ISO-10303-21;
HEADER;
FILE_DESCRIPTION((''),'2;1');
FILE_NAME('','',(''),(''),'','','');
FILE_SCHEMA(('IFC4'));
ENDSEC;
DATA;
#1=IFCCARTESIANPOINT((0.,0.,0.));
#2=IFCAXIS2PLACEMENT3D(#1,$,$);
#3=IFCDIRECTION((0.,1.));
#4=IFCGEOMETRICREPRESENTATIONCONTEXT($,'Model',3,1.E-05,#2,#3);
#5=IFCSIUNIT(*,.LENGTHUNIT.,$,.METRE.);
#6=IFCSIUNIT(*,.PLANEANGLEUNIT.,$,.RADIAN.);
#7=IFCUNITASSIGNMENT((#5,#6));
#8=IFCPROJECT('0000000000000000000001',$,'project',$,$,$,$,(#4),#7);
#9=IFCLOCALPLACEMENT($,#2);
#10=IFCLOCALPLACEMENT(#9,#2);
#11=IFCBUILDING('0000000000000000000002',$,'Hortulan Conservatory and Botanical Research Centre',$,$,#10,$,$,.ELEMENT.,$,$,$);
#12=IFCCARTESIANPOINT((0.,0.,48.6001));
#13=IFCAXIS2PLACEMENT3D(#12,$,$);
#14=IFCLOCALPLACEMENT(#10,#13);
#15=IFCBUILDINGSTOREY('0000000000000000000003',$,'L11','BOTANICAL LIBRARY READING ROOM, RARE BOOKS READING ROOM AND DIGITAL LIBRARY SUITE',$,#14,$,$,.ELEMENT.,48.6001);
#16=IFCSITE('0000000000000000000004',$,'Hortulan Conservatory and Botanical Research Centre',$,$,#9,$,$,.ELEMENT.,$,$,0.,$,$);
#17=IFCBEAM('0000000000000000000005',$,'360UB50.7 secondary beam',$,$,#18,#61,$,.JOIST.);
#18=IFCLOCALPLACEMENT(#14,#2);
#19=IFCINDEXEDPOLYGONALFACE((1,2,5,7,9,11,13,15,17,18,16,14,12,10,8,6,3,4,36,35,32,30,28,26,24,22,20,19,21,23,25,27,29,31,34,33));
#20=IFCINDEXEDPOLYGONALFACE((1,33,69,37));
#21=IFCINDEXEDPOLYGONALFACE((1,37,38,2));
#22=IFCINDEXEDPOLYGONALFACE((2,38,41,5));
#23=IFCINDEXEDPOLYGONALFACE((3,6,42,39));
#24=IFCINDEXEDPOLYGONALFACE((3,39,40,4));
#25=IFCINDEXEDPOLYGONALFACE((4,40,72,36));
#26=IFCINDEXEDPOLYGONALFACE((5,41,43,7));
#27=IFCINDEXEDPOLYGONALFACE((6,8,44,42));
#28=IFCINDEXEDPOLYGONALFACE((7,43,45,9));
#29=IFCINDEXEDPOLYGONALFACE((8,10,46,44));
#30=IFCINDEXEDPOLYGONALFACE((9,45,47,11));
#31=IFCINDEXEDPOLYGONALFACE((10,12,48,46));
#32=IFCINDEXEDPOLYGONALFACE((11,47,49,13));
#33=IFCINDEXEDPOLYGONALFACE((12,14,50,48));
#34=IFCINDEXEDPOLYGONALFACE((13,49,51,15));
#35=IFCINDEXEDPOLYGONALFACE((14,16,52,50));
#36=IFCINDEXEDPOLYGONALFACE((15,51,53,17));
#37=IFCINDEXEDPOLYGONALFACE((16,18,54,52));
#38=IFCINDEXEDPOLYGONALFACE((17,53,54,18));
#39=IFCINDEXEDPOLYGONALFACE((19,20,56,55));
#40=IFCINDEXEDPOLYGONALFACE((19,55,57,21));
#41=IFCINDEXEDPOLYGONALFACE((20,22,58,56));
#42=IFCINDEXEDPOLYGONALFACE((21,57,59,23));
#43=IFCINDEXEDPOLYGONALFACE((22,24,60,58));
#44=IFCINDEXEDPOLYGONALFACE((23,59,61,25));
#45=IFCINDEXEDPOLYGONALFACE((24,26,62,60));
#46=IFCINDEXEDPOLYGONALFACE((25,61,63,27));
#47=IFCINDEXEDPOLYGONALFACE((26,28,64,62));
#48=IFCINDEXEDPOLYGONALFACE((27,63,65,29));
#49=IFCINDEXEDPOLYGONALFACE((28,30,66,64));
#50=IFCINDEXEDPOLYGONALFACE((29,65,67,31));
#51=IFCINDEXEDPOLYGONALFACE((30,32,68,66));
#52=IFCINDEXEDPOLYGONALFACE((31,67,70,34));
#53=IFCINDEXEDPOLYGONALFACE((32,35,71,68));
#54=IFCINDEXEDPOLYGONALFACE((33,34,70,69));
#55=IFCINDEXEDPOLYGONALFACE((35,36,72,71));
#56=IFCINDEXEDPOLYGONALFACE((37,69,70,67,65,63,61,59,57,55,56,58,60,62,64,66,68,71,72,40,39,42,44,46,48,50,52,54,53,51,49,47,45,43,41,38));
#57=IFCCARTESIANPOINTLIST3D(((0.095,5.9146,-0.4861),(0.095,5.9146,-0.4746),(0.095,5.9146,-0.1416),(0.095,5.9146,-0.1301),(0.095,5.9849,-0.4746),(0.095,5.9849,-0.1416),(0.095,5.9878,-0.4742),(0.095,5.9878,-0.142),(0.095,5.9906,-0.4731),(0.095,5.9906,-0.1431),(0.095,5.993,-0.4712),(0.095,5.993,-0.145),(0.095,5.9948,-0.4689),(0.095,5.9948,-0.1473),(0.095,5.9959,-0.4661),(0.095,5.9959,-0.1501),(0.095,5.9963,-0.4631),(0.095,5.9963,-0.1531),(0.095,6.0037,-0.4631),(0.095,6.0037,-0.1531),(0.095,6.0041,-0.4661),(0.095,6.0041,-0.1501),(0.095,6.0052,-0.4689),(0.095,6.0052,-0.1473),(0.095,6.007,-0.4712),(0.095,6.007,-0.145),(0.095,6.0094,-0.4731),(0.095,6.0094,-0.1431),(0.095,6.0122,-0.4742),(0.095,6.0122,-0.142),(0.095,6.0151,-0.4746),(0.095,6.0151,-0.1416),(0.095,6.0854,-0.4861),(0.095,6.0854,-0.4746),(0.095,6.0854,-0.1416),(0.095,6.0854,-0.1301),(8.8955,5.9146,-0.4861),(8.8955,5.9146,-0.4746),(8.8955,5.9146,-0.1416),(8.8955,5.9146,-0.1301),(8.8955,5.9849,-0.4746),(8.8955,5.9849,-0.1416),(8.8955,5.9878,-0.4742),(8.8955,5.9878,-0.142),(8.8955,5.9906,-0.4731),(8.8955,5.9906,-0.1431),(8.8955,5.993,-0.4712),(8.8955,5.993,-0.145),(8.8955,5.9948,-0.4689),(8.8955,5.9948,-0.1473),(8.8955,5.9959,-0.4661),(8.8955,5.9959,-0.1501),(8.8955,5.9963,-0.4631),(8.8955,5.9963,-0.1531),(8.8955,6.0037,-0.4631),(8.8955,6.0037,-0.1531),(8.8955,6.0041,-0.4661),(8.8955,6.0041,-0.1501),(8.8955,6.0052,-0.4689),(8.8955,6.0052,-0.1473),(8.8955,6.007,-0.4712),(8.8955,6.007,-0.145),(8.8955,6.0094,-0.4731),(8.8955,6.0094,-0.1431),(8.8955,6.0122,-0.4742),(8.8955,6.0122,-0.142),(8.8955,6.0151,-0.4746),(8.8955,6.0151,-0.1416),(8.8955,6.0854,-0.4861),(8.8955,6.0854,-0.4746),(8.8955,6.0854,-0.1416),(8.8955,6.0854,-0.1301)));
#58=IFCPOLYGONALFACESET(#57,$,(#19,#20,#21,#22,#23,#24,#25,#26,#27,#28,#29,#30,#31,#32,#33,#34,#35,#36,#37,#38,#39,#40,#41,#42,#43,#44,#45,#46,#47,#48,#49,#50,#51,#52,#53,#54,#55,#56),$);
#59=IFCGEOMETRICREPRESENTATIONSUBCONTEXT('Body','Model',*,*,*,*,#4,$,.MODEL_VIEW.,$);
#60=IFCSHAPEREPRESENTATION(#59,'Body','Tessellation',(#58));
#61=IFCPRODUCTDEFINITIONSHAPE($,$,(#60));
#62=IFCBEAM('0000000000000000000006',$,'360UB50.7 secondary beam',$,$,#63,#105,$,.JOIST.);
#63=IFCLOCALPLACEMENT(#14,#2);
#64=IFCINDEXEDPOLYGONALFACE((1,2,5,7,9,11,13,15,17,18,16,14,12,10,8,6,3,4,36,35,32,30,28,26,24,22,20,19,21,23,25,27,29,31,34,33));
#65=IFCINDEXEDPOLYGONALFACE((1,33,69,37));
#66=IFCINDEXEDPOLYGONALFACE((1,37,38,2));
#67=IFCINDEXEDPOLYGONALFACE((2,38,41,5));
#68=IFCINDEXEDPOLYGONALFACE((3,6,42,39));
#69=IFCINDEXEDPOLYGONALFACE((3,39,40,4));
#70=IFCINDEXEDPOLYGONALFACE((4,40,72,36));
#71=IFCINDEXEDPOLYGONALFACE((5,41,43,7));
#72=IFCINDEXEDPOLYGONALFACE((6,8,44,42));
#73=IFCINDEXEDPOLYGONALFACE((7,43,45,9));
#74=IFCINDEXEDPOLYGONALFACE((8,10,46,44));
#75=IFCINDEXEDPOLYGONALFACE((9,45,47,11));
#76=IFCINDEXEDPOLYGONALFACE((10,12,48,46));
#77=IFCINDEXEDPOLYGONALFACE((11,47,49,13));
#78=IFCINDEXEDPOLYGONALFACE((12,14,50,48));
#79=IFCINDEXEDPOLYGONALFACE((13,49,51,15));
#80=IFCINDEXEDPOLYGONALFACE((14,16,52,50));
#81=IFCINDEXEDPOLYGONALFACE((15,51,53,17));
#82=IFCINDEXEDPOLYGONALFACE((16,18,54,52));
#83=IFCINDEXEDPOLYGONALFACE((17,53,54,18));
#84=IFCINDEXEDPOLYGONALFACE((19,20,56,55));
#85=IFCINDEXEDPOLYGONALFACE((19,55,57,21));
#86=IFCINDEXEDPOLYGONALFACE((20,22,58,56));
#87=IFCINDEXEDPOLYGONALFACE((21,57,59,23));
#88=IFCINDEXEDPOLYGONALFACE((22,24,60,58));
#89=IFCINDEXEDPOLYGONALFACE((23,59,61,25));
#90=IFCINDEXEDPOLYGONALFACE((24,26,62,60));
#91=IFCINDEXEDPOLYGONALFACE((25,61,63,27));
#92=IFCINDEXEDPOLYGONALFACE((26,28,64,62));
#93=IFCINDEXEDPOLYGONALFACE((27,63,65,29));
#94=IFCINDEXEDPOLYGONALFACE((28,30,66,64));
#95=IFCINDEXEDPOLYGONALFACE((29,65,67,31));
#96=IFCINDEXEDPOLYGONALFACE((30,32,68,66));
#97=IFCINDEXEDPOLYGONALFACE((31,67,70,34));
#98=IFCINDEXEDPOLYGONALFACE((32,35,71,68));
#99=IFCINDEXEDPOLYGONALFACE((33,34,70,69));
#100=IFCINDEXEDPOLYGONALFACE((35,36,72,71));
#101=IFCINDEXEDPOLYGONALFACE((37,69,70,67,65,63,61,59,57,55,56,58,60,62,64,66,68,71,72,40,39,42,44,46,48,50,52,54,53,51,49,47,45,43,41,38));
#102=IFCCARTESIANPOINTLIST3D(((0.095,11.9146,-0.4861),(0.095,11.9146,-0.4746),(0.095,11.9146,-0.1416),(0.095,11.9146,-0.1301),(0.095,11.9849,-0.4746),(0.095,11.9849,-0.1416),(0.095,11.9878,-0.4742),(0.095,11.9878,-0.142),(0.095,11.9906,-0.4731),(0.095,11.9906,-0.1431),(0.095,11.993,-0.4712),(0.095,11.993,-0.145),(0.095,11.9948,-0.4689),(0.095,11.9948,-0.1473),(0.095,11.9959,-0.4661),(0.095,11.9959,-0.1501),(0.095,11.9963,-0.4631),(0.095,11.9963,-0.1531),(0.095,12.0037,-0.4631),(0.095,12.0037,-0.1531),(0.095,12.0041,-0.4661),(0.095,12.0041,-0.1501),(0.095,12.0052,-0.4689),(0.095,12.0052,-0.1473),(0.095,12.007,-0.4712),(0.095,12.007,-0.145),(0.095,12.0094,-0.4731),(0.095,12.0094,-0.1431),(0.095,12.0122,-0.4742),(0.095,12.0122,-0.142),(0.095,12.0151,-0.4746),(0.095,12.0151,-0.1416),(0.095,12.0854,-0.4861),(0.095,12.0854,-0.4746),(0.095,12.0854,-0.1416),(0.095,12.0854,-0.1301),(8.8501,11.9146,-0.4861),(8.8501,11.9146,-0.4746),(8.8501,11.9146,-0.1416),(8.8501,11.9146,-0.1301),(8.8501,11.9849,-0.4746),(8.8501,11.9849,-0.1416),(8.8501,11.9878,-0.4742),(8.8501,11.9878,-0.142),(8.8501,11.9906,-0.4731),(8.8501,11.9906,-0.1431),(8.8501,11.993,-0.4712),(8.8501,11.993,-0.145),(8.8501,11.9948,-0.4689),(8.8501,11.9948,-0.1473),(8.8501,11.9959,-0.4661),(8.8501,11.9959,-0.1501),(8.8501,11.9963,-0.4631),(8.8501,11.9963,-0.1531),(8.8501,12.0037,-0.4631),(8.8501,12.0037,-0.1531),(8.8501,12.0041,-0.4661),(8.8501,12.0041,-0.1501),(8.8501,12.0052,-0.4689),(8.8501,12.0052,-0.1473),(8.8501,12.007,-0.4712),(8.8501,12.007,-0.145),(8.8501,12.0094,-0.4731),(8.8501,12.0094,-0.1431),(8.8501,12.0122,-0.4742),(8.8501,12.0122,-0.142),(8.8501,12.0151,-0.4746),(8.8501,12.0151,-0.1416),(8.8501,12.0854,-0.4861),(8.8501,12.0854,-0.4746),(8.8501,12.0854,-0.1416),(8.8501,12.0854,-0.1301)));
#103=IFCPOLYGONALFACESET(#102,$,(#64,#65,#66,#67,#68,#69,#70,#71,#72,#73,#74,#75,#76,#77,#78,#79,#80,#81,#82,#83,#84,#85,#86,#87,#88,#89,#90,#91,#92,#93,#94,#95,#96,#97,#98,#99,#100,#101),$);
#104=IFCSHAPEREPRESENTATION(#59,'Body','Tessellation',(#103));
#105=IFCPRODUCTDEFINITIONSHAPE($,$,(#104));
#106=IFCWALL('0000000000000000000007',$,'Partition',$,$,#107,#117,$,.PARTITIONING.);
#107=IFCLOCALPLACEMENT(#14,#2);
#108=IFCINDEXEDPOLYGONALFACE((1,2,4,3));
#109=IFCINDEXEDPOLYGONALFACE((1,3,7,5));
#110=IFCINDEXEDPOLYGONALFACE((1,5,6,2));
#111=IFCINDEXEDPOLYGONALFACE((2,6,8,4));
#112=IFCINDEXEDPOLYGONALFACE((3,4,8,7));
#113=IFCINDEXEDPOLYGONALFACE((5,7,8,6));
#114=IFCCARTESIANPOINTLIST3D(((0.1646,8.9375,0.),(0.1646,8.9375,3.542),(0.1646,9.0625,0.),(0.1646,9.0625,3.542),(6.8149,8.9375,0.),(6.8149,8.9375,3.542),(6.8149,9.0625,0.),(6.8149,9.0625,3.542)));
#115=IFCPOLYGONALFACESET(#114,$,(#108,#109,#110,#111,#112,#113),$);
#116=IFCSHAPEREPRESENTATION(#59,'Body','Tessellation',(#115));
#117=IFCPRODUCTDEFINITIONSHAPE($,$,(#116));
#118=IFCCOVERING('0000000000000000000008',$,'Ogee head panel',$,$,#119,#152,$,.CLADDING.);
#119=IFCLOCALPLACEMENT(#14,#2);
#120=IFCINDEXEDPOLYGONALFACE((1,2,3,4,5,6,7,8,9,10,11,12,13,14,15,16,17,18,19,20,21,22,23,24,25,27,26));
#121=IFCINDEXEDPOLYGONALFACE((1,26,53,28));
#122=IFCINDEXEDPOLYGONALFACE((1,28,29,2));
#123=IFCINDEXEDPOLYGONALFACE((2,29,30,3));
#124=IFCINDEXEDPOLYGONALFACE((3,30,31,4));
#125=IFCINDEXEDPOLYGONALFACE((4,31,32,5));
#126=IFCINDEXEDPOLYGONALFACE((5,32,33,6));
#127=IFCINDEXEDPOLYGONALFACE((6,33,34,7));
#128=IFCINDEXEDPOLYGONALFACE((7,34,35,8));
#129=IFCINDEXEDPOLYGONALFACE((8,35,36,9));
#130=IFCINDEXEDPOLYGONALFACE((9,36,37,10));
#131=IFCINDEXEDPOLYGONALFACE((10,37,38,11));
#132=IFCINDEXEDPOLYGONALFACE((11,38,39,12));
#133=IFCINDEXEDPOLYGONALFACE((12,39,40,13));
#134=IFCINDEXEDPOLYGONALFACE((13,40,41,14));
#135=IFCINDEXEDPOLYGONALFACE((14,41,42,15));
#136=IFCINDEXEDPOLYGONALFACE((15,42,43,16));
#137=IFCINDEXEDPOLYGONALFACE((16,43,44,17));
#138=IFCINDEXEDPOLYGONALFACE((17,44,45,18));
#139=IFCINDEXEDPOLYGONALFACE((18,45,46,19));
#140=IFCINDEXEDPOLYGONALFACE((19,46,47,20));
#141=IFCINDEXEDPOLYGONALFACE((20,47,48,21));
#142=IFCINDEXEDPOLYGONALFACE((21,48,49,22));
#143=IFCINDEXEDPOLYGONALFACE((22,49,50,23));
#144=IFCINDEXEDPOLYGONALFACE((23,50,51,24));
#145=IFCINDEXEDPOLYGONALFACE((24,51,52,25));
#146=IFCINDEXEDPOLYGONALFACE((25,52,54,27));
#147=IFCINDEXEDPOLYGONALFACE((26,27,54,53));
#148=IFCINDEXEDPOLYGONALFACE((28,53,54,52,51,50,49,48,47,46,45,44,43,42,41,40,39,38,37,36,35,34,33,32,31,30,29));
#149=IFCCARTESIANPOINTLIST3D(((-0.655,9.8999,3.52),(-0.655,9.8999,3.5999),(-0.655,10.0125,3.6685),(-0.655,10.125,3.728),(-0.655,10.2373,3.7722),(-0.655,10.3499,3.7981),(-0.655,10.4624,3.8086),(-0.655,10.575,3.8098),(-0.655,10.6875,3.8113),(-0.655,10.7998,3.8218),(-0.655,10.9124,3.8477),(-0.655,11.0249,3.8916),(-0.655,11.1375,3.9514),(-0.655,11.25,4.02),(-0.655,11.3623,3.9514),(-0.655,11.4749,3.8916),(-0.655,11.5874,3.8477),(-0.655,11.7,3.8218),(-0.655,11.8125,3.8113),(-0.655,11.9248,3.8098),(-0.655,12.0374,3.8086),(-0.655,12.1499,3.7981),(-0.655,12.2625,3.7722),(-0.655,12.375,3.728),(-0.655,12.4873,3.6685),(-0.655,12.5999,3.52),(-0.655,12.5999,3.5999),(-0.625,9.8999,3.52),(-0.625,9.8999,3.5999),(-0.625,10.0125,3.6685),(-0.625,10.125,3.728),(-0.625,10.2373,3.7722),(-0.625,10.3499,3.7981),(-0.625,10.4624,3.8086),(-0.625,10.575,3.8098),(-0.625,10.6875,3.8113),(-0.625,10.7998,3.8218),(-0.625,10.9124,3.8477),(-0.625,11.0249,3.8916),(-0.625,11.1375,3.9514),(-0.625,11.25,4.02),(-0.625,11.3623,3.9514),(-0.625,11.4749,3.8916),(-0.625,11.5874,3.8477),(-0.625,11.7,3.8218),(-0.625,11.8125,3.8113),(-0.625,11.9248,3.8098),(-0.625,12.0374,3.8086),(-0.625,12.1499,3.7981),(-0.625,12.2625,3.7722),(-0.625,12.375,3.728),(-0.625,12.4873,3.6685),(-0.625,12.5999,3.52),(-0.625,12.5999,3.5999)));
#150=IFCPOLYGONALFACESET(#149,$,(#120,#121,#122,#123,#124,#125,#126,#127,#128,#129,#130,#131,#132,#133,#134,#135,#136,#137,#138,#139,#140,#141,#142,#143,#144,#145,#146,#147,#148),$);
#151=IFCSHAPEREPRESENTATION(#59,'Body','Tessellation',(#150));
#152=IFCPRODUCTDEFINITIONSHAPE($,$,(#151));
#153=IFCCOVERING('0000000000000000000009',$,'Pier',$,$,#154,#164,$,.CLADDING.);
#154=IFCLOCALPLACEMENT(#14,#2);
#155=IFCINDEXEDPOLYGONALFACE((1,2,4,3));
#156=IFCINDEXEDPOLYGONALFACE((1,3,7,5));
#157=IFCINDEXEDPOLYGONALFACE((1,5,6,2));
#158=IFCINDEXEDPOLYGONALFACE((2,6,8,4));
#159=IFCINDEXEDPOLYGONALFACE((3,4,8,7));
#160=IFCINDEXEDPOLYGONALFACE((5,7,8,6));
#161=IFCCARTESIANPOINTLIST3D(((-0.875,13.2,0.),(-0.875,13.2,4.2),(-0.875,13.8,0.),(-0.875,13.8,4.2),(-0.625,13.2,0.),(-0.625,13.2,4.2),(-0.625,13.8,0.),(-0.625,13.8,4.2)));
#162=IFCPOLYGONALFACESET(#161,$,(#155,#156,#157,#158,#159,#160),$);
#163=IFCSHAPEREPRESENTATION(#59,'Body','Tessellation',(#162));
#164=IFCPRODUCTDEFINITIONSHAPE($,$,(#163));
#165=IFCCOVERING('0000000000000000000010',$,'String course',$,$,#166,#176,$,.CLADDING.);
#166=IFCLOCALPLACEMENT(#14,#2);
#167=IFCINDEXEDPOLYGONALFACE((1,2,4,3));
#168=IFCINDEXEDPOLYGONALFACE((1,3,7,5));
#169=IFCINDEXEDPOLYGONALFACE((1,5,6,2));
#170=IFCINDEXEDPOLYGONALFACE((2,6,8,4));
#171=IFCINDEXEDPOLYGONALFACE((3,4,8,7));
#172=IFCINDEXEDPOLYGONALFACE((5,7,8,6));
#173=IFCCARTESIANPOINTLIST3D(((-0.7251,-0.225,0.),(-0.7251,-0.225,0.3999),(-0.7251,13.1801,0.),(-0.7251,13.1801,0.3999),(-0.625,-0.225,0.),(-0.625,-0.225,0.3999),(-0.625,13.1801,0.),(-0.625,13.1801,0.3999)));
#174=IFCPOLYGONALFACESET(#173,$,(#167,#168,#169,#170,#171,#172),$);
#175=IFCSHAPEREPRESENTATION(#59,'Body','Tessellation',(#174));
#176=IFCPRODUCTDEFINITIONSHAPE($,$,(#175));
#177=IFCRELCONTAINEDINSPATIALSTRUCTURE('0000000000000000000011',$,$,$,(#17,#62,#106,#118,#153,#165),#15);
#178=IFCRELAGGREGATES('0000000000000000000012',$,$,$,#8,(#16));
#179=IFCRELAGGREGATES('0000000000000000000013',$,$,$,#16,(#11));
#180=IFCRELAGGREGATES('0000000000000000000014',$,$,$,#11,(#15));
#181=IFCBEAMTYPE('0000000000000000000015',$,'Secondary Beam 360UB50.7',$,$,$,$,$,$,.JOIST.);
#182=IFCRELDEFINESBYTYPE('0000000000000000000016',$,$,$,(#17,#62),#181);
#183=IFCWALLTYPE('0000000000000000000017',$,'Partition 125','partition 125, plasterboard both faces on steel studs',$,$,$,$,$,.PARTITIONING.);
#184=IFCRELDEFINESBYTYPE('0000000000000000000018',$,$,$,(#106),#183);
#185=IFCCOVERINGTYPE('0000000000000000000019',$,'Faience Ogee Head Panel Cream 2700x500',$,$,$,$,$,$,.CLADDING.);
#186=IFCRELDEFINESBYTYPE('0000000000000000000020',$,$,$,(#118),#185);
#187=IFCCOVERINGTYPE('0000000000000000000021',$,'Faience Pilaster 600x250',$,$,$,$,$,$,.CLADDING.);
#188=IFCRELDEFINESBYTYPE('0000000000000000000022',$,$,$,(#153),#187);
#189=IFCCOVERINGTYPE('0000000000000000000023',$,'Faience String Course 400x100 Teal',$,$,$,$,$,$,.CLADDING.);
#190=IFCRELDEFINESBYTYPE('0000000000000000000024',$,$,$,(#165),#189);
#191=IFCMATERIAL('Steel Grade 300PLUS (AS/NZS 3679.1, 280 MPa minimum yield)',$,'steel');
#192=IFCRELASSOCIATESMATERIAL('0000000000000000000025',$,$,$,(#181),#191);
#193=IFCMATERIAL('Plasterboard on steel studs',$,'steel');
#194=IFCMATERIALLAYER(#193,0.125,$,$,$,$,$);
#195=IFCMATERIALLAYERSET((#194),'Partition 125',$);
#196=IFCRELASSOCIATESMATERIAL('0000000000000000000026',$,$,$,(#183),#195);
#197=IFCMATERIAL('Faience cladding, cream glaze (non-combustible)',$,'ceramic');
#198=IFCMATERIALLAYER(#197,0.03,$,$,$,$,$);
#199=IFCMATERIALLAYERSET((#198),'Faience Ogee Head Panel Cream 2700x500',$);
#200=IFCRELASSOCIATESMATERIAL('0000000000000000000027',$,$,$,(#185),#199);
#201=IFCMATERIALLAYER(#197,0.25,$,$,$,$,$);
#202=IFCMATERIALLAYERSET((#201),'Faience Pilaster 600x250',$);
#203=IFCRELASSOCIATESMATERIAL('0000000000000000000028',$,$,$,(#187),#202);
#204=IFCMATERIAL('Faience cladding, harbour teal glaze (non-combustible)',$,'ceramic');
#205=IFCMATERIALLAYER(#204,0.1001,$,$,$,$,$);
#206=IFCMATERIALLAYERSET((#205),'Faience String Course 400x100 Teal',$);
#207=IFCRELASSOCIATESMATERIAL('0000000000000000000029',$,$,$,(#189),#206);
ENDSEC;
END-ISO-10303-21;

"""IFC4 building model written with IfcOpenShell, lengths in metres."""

from ifc_helpers import new_model, si_unit, direction, frame, frame_2d, origin, origin_2d, place, context, subcontext, project, spatial, polyline, rectangle, i_section, outline, extrude, material, layer, layer_set, material_profile, profile_set, type_object, element, save


model = new_model("IFC4")

# Units and contexts
model_context = context("Model", 3, precision=1e-05, world=origin(), true_north=direction((0.0, 1.0)))
body_context = subcontext(model_context, "Body", "Model", "MODEL_VIEW")
ifc_project = project(units=[si_unit("LENGTHUNIT", "METRE"), si_unit("PLANEANGLEUNIT", "RADIAN")], contexts=[model_context])

# Site, building, storey
site_placement = place(None, origin())
site = spatial("IfcSite", under=ifc_project, at=site_placement, Name="Hortulan Conservatory and Botanical Research Centre", CompositionType="ELEMENT", RefElevation=0.0)
building_placement = place(site_placement, origin())
building = spatial("IfcBuilding", under=site, at=building_placement, Name="Hortulan Conservatory and Botanical Research Centre", CompositionType="ELEMENT")
storey_placement = place(building_placement, frame((0.0, 0.0, 48.6001)))
storey = spatial("IfcBuildingStorey", under=building, at=storey_placement, Name="L11", Description="BOTANICAL LIBRARY READING ROOM, RARE BOOKS READING ROOM AND DIGITAL LIBRARY SUITE", CompositionType="ELEMENT", Elevation=48.6001)

# Shared definitions
ifc_material_1 = material(Name="Steel Grade 300PLUS (AS/NZS 3679.1, 280 MPa minimum yield)", Category="steel")

# Beams
ifc_material_profile_1 = material_profile(ifc_material_1, i_section(OverallWidth=0.1709, OverallDepth=0.356, WebThickness=0.0073, FlangeThickness=0.0115, FilletRadius=0.0115, at=origin_2d()), Name="360UB50.7")
ifc_profile_set_1 = profile_set([ifc_material_profile_1], Name="Steel Grade 300PLUS (AS/NZS 3679.1, 280 MPa minimum yield)")
beam_type_1 = type_object("IfcBeamType", Name="Secondary Beam 360UB50.7", PredefinedType="JOIST", material=ifc_profile_set_1)
for number, where, z_axis, x_axis, name in (
    (1, (0.095, 6.0, -0.3081), (1.0, 0.0, 0.0), (0.0, 1.0, 0.0), "360UB50.7 secondary beam"),
):
    element("IfcBeam", number, at=place(storey_placement, frame(where, z_axis=z_axis, x_axis=x_axis)), inside=storey, type_object=beam_type_1, Name=name, PredefinedType="JOIST", context=body_context, shape_type="SweptSolid", body=[
        extrude(i_section(OverallWidth=0.1709, OverallDepth=0.356, WebThickness=0.0073, FlangeThickness=0.0115, FilletRadius=0.0115, at=origin_2d()), origin(), (0.0, 0.0, 1.0), 8.8005),
    ])
beam_1_placement = place(storey_placement, frame((0.095, 12.0, -0.3081), z_axis=(1.0, 0.0, 0.0), x_axis=(0.0, 1.0, 0.0)))
element("IfcBeam", 2, at=beam_1_placement, inside=storey, type_object=beam_type_1, Name="360UB50.7 secondary beam", PredefinedType="JOIST", context=body_context, shape_type="SweptSolid", body=[
    extrude(i_section(OverallWidth=0.1709, OverallDepth=0.356, WebThickness=0.0073, FlangeThickness=0.0115, FilletRadius=0.0115, at=origin_2d()), origin(), (0.0, 0.0, 1.0), 8.7551),
])

# Wall
ifc_material_2 = material(Name="Plasterboard on steel studs", Category="steel")
ifc_layer_1 = layer(ifc_material_2, 0.125)
ifc_layer_set_1 = layer_set([ifc_layer_1], Name="Partition 125")
wall_type = type_object("IfcWallType", Name="Partition 125", Description="partition 125, plasterboard both faces on steel studs", PredefinedType="PARTITIONING", material=ifc_layer_set_1)
wall_placement = place(storey_placement, frame((0.1646, 9.0, 0.0), z_axis=(0.0, 0.0, 1.0), x_axis=(1.0, 0.0, 0.0)))
element("IfcWall", 3, at=wall_placement, inside=storey, type_object=wall_type, Name="Partition", PredefinedType="PARTITIONING", context=body_context, shape_type="SweptSolid", body=[
    extrude(rectangle(XDim=6.6504, YDim=0.125, at=frame_2d((3.3252, 0.0))), origin(), (0.0, 0.0, 1.0), 3.542),
])

# Coverings
ifc_material_3 = material(Name="Faience cladding, cream glaze (non-combustible)", Category="ceramic")
ifc_layer_2 = layer(ifc_material_3, 0.03)
ifc_layer_set_2 = layer_set([ifc_layer_2], Name="Faience Ogee Head Panel Cream 2700x500")
covering_type_1 = type_object("IfcCoveringType", Name="Faience Ogee Head Panel Cream 2700x500", PredefinedType="CLADDING", material=ifc_layer_set_2)
covering_1_placement = place(storey_placement, frame((-0.6399, 9.8999, 3.52), z_axis=(0.0, 0.0, 1.0), x_axis=(0.0, 1.0, 0.0)))
element("IfcCovering", 4, at=covering_1_placement, inside=storey, type_object=covering_type_1, Name="Ogee head panel", PredefinedType="CLADDING", context=body_context, shape_type="SweptSolid", body=[
    extrude(outline(polyline([(0.0, 0.0), (2.7, 0.0), (2.7, 0.0798), (2.5874, 0.1484), (2.4751, 0.208), (2.3625, 0.2522), (2.25, 0.2781), (2.1375, 0.2886), (2.0249, 0.2898), (1.9126, 0.2913), (1.8, 0.3018), (1.6875, 0.3276), (1.575, 0.3716), (1.4624, 0.4314), (1.3501, 0.5), (1.2375, 0.4314), (1.125, 0.3716), (1.0125, 0.3276), (0.8999, 0.3018), (0.7876, 0.2913), (0.675, 0.2898), (0.5625, 0.2886), (0.45, 0.2781), (0.3374, 0.2522), (0.2251, 0.208), (0.1125, 0.1484), (0.0, 0.0798), (0.0, 0.0)])), frame((0.0, 0.0151, 0.0), z_axis=(0.0, -1.0, 0.0), x_axis=(1.0, 0.0, 0.0)), (0.0, 0.0, 1.0), 0.03),
])
ifc_layer_3 = layer(ifc_material_3, 0.25)
ifc_layer_set_3 = layer_set([ifc_layer_3], Name="Faience Pilaster 600x250")
covering_type_2 = type_object("IfcCoveringType", Name="Faience Pilaster 600x250", PredefinedType="CLADDING", material=ifc_layer_set_3)
covering_2_placement = place(storey_placement, frame((-0.75, 13.5, 0.0), z_axis=(0.0, 0.0, 1.0), x_axis=(0.0, 1.0, 0.0)))
element("IfcCovering", 5, at=covering_2_placement, inside=storey, type_object=covering_type_2, Name="Pier", PredefinedType="CLADDING", context=body_context, shape_type="SweptSolid", body=[
    extrude(rectangle(XDim=0.6001, YDim=0.25, at=origin_2d()), origin(), (0.0, 0.0, 1.0), 4.2),
])
ifc_material_4 = material(Name="Faience cladding, harbour teal glaze (non-combustible)", Category="ceramic")
ifc_layer_4 = layer(ifc_material_4, 0.1001)
ifc_layer_set_4 = layer_set([ifc_layer_4], Name="Faience String Course 400x100 Teal")
covering_type_3 = type_object("IfcCoveringType", Name="Faience String Course 400x100 Teal", PredefinedType="CLADDING", material=ifc_layer_set_4)
covering_3_placement = place(storey_placement, frame((-0.675, 6.4775, 0.0), z_axis=(0.0, 0.0, 1.0), x_axis=(0.0, 1.0, 0.0)))
element("IfcCovering", 6, at=covering_3_placement, inside=storey, type_object=covering_type_3, Name="String course", PredefinedType="CLADDING", context=body_context, shape_type="SweptSolid", body=[
    extrude(rectangle(XDim=13.405, YDim=0.1001, at=origin_2d()), origin(), (0.0, 0.0, 1.0), 0.3999),
])

save(model, "model.ifc")
